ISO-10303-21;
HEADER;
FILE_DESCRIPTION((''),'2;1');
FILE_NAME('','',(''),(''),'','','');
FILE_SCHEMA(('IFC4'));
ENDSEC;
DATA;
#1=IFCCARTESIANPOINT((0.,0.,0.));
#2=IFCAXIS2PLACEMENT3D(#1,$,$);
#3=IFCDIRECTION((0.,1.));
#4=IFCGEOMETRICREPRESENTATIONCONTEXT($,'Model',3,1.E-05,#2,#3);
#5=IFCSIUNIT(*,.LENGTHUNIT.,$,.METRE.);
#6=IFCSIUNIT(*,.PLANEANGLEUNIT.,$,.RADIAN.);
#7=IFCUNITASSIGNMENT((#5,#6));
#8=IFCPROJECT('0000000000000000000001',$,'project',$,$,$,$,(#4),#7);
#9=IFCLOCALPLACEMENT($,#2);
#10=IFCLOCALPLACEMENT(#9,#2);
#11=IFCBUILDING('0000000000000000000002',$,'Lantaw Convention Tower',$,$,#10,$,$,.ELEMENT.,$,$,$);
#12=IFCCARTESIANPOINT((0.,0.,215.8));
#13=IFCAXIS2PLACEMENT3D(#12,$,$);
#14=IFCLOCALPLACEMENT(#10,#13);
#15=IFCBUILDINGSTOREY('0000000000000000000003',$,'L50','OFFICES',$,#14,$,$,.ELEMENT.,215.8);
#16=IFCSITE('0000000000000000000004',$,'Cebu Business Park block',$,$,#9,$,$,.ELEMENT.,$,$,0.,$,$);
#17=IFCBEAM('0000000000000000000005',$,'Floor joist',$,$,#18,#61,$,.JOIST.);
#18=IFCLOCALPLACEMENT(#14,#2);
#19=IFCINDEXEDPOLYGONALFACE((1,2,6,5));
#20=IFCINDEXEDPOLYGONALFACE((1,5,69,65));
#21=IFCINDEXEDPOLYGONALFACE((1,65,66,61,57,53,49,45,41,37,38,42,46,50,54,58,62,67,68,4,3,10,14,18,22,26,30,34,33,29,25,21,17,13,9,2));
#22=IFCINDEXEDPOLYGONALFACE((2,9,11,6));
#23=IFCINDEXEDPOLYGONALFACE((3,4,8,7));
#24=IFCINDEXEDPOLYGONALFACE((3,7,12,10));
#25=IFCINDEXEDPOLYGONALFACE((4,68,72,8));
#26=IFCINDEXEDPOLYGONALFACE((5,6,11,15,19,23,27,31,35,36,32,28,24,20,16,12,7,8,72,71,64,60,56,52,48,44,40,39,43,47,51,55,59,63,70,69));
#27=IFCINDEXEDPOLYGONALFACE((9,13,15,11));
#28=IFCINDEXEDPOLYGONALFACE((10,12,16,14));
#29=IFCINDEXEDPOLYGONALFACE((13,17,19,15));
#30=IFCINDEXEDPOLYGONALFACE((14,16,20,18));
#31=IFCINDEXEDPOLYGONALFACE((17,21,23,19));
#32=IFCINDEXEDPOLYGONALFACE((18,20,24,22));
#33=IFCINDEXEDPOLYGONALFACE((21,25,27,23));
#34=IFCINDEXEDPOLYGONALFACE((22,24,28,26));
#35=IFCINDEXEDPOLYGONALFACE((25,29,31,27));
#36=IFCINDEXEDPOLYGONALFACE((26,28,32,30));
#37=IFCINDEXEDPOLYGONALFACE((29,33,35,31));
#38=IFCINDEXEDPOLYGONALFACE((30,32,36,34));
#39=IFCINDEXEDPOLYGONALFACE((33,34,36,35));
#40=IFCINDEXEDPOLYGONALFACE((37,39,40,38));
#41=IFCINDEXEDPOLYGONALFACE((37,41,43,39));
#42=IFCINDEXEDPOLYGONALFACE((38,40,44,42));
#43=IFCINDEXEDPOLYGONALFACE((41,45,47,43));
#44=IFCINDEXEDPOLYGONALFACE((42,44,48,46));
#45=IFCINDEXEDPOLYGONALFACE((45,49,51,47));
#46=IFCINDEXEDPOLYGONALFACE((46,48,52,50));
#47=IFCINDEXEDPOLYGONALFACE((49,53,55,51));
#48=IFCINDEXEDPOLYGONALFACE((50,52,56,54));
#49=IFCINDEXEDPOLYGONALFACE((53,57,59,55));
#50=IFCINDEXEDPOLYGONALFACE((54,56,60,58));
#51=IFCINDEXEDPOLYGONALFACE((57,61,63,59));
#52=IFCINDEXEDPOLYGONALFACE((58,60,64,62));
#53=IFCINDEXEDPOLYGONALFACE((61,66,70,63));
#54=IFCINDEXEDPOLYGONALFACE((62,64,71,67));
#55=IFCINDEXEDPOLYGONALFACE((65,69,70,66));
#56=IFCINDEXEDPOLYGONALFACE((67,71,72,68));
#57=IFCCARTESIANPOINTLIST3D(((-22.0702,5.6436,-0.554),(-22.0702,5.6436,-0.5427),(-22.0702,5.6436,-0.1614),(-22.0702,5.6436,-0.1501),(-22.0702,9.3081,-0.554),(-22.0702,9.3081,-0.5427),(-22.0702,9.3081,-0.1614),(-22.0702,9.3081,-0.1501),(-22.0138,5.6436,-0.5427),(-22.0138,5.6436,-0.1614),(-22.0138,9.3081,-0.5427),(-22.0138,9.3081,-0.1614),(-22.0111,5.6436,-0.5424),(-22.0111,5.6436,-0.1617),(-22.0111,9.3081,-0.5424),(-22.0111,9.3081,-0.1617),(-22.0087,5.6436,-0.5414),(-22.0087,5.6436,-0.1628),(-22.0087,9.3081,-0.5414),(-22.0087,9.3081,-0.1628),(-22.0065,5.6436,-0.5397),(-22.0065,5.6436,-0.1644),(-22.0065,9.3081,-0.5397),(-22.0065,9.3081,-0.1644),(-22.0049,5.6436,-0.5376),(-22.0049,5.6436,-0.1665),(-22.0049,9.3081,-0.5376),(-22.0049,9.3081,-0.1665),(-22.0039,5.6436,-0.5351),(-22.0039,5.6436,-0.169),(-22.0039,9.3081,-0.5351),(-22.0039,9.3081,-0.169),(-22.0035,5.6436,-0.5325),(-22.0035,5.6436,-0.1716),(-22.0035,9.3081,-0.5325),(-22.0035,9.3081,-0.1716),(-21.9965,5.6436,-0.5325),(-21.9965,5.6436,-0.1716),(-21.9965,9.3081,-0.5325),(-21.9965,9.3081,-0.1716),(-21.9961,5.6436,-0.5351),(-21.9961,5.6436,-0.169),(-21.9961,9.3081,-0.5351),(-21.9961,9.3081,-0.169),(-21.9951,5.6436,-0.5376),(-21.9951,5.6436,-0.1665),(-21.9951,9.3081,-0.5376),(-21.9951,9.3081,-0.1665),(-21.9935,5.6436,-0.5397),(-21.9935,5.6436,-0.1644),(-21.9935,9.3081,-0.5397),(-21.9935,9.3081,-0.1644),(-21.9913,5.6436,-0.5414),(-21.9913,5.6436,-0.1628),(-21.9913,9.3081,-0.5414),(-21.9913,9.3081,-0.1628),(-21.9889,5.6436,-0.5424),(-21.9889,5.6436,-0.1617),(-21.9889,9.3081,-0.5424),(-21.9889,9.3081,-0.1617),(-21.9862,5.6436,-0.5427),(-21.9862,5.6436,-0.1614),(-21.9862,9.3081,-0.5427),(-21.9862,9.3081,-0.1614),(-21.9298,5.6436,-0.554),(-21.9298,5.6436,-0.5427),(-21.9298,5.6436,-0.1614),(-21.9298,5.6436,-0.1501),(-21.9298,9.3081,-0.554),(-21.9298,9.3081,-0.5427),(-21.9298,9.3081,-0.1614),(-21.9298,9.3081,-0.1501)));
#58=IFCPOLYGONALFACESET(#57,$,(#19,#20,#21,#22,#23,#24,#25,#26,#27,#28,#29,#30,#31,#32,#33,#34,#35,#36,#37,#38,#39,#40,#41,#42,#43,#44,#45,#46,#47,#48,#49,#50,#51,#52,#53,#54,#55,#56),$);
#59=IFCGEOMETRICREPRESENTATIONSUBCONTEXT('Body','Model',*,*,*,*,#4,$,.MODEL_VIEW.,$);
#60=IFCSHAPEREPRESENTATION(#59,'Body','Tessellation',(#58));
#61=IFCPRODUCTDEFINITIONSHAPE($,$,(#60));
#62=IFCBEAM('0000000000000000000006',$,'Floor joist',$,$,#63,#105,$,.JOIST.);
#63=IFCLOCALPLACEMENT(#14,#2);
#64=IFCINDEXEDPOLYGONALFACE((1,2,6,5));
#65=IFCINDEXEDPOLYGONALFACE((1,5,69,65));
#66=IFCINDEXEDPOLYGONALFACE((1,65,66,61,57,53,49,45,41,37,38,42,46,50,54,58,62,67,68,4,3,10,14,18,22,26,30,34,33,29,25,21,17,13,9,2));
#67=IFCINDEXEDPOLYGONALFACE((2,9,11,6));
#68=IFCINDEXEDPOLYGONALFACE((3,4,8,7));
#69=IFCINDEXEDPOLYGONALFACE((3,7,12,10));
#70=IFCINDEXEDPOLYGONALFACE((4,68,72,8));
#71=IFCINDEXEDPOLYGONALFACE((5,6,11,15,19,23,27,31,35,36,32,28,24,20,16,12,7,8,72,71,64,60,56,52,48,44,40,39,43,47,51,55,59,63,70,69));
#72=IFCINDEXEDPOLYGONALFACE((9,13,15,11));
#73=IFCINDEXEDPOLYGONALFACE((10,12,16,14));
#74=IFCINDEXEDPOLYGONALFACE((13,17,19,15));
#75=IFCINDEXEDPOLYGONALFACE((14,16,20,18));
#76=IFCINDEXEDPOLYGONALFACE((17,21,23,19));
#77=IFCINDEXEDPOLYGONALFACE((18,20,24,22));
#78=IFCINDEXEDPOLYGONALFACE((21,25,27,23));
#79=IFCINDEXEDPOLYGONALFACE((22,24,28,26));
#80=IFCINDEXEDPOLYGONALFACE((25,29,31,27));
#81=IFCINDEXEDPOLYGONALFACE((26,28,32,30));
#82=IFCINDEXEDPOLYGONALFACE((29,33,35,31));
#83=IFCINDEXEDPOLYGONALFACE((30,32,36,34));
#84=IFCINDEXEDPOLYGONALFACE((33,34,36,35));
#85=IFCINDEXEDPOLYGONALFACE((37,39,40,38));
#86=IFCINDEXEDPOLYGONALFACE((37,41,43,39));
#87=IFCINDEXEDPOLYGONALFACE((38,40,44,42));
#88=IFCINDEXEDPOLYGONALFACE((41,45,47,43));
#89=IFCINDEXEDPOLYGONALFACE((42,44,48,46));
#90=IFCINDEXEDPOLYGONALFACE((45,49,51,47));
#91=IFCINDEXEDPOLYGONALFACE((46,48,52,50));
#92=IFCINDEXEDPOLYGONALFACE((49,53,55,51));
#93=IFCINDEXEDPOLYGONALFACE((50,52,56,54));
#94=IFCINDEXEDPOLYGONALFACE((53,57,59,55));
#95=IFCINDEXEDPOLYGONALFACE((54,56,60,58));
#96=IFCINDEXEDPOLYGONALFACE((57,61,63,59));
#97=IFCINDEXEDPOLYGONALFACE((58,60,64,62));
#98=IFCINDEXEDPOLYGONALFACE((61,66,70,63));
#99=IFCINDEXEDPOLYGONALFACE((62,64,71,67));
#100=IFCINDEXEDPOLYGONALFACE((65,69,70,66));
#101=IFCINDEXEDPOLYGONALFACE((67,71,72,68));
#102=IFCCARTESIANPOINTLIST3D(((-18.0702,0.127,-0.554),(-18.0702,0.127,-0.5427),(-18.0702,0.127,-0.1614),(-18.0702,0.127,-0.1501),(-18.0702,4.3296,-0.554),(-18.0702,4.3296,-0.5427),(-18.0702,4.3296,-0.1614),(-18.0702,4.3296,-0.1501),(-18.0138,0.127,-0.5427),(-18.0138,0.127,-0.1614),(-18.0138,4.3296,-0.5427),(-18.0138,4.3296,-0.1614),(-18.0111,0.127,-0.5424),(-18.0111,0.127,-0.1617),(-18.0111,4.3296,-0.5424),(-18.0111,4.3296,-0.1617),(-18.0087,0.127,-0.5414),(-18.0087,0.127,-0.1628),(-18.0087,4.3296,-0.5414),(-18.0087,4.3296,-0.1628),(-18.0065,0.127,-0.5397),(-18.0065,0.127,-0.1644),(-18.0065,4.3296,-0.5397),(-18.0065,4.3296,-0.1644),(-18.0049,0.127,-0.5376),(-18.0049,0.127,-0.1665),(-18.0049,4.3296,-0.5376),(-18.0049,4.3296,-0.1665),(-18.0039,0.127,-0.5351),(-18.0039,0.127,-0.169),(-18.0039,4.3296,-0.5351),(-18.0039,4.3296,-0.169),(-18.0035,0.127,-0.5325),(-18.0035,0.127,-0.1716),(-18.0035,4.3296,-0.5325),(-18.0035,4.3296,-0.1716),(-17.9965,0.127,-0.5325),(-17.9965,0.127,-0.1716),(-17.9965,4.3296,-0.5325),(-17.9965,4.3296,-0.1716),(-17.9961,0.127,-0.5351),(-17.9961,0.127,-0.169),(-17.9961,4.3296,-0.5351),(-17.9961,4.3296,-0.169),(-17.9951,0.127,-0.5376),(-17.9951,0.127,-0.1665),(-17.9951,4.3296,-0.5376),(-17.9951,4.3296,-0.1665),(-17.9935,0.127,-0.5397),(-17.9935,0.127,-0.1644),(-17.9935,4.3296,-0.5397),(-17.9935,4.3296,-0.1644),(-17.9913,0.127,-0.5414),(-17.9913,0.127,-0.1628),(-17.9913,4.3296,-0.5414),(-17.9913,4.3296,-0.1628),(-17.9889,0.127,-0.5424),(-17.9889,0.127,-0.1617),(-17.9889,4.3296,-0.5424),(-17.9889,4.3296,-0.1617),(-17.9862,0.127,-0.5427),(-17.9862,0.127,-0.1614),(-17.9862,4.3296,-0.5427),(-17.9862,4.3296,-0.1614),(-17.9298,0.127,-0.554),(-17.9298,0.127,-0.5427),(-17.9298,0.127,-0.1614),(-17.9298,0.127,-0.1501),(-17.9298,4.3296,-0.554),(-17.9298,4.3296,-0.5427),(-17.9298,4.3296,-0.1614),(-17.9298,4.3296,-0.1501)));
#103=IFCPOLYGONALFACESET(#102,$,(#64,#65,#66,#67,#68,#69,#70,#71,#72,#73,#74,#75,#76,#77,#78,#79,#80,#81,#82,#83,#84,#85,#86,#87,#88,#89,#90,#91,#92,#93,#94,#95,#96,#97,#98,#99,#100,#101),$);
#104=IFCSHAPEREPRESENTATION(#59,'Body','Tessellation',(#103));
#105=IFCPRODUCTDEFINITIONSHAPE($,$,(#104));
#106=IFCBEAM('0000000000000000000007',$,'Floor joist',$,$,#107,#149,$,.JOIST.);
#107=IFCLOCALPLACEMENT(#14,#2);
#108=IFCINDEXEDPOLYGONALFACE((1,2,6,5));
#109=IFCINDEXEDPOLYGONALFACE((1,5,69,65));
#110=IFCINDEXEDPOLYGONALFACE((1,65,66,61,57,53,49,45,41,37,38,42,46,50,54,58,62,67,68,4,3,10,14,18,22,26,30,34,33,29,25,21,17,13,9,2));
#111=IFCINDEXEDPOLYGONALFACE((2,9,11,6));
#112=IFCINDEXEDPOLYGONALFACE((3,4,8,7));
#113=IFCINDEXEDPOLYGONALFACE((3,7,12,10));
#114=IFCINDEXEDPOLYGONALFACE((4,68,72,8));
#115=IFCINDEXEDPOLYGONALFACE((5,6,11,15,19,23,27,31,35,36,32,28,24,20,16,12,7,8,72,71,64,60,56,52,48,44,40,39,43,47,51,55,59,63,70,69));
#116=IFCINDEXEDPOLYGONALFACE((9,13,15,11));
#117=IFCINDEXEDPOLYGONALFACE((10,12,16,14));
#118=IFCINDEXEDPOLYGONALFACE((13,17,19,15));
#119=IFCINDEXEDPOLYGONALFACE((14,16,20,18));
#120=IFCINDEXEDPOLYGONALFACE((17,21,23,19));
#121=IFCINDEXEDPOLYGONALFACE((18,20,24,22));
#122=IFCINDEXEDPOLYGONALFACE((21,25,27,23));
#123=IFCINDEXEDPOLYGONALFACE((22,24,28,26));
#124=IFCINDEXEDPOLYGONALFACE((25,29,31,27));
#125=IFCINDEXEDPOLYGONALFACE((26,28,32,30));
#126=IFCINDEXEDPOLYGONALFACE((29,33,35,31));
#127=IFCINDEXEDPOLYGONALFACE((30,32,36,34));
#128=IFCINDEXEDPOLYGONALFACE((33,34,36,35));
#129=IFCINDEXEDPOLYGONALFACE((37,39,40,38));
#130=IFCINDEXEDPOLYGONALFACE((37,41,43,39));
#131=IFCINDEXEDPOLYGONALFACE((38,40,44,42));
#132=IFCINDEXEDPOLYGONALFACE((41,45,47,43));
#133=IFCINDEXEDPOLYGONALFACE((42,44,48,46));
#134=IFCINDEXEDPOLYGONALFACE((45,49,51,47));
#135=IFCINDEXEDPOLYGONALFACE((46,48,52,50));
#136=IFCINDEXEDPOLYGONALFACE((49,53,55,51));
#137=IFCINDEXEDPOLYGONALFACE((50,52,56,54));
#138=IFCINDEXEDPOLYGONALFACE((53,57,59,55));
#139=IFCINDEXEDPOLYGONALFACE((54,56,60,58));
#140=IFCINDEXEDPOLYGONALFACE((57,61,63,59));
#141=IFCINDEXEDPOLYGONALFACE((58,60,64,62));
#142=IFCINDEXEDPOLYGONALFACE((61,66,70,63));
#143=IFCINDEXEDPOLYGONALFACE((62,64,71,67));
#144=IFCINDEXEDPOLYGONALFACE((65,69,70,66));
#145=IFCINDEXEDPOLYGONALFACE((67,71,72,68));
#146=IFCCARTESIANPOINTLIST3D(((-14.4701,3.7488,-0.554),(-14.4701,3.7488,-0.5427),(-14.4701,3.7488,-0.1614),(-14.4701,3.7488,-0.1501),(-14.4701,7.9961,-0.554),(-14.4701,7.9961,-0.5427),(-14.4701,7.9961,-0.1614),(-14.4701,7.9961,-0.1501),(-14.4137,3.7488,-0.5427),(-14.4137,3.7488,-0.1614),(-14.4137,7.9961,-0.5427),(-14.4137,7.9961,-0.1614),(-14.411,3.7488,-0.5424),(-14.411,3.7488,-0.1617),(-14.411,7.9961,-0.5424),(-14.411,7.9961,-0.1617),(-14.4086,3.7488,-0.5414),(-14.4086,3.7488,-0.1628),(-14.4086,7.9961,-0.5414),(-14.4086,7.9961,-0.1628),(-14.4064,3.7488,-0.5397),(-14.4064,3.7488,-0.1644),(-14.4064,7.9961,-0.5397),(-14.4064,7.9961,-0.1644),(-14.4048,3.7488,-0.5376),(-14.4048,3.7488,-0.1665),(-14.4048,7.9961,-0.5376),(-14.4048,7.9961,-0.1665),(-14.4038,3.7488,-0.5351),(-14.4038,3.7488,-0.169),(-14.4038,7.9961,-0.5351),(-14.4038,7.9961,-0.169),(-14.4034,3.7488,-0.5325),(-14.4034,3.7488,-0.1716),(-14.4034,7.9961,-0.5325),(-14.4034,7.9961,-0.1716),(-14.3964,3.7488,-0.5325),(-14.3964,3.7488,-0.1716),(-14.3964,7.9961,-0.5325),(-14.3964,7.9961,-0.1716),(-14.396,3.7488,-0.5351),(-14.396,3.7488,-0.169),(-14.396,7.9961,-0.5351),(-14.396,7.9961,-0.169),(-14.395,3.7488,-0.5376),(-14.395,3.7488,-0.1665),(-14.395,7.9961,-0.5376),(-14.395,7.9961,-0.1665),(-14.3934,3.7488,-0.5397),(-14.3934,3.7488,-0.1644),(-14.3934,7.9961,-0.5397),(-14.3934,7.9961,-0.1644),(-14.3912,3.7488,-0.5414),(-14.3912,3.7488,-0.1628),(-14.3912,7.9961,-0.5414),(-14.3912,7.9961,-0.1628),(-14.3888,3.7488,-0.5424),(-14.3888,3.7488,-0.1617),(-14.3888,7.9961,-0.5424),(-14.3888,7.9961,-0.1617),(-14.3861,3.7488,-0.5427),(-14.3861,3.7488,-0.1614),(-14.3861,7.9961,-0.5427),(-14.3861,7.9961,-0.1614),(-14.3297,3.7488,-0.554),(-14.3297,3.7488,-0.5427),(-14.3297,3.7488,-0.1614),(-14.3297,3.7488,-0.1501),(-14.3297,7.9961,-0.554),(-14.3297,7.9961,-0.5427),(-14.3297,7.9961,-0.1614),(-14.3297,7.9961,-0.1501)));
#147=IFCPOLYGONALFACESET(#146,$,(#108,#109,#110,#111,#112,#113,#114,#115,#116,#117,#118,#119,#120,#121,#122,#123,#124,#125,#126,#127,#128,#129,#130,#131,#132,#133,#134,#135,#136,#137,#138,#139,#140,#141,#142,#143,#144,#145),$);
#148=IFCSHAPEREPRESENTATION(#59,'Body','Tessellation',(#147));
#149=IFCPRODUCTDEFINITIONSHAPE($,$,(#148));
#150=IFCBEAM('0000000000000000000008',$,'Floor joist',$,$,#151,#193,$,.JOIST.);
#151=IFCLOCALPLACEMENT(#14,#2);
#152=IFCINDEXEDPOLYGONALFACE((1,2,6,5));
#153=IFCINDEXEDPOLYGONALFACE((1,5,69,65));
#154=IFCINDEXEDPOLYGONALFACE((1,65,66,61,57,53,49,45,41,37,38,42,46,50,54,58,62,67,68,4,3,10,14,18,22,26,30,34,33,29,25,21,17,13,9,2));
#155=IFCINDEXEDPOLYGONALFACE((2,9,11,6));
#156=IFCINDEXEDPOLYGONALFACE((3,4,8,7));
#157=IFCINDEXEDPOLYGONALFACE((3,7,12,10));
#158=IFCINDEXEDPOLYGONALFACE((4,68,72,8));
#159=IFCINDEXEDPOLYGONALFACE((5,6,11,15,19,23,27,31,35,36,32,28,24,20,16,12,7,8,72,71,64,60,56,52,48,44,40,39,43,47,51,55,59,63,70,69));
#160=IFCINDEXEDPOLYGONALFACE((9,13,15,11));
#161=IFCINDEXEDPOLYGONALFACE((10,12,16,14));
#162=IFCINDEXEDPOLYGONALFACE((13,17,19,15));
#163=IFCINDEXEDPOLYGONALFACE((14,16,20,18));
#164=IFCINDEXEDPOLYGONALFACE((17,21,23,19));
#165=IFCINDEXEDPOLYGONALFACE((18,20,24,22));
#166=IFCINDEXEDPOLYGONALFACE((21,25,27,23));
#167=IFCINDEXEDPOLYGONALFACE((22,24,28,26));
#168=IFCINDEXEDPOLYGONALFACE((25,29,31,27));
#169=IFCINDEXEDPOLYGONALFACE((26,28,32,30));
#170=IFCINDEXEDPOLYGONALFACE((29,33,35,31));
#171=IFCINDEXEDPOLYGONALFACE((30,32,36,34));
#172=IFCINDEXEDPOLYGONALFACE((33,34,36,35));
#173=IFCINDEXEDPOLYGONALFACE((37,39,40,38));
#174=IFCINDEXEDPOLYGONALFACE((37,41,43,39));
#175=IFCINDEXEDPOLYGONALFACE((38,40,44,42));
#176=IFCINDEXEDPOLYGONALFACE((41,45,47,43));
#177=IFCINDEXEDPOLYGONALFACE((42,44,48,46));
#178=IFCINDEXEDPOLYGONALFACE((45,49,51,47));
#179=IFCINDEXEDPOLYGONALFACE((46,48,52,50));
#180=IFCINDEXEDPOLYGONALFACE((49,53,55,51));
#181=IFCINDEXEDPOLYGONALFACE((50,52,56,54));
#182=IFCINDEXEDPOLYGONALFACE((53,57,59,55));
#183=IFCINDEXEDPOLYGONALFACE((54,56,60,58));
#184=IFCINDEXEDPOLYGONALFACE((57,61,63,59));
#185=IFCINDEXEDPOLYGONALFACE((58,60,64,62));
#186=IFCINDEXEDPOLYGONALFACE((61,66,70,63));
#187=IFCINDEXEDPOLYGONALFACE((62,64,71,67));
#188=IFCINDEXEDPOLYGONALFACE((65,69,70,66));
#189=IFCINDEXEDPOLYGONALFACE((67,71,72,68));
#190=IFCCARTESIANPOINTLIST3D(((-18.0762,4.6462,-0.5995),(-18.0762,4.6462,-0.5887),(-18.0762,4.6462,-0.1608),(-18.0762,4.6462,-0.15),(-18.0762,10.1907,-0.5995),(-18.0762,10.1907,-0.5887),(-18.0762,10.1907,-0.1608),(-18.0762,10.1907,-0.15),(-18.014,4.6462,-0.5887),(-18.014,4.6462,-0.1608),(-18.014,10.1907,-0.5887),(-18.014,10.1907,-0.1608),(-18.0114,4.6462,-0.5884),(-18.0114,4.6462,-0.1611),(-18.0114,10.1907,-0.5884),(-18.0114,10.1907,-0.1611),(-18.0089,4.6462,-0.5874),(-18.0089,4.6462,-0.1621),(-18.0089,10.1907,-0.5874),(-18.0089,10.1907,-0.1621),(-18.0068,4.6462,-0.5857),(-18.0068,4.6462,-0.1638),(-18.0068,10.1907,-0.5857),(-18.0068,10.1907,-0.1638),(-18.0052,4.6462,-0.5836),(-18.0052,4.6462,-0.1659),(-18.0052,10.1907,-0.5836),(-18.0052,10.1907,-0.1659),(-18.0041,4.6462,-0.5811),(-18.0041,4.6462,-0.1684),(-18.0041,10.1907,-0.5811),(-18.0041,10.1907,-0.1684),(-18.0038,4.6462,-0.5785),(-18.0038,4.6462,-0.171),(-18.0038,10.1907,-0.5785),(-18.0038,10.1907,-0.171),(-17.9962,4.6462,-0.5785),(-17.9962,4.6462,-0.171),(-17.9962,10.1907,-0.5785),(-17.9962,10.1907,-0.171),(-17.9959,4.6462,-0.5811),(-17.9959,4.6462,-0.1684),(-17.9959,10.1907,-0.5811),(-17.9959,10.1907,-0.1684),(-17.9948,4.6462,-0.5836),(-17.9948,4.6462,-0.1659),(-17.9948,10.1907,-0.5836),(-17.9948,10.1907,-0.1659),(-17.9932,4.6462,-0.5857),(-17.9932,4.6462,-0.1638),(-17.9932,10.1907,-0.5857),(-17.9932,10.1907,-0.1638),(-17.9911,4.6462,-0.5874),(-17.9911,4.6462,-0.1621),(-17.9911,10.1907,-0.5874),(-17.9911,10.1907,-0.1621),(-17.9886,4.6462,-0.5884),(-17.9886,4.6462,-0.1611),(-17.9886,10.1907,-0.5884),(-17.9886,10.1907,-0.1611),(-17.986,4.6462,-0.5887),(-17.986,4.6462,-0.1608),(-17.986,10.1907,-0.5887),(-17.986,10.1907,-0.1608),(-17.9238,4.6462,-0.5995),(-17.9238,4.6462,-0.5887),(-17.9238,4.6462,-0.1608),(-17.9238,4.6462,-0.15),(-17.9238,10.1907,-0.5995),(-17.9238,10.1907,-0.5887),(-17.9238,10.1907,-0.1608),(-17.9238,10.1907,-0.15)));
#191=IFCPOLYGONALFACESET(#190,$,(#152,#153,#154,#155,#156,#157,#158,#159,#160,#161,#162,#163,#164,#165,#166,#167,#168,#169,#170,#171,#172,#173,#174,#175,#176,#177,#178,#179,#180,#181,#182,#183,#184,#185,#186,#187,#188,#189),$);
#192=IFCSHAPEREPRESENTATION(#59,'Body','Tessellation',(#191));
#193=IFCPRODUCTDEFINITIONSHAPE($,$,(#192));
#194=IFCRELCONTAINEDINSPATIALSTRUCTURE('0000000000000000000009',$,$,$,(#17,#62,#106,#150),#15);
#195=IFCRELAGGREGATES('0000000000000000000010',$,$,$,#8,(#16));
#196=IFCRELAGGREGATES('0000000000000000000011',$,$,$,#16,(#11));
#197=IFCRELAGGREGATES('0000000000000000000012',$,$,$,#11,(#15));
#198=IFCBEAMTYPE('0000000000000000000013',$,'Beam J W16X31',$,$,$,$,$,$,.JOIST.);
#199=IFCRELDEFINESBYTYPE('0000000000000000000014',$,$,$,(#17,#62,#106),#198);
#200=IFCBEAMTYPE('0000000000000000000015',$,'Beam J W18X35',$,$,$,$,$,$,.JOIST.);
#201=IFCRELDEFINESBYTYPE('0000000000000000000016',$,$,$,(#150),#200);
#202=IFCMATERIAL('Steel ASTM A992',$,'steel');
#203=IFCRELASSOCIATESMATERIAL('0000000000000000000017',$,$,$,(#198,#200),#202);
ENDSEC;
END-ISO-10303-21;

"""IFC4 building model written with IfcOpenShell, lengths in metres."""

from ifc_helpers import new_model, si_unit, direction, frame, origin, origin_2d, place, context, subcontext, project, spatial, i_section, extrude, material, material_profile, profile_set, type_object, element, save


model = new_model("IFC4")

# Units and contexts
model_context = context("Model", 3, precision=1e-05, world=origin(), true_north=direction((0.0, 1.0)))
body_context = subcontext(model_context, "Body", "Model", "MODEL_VIEW")
ifc_project = project(units=[si_unit("LENGTHUNIT", "METRE"), si_unit("PLANEANGLEUNIT", "RADIAN")], contexts=[model_context])

# Site, building, storey
site_placement = place(None, origin())
site = spatial("IfcSite", under=ifc_project, at=site_placement, Name="Cebu Business Park block", CompositionType="ELEMENT", RefElevation=0.0)
building_placement = place(site_placement, origin())
building = spatial("IfcBuilding", under=site, at=building_placement, Name="Lantaw Convention Tower", CompositionType="ELEMENT")
storey_placement = place(building_placement, frame((0.0, 0.0, 215.8)))
storey = spatial("IfcBuildingStorey", under=building, at=storey_placement, Name="L50", Description="OFFICES", CompositionType="ELEMENT", Elevation=215.8)

# Beams
ifc_material_1 = material(Name="Steel ASTM A992", Category="steel")
ifc_material_profile_1 = material_profile(ifc_material_1, i_section(OverallWidth=0.1404, OverallDepth=0.4038, WebThickness=0.0071, FlangeThickness=0.0112, FilletRadius=0.0103, at=origin_2d()), Name="W16X31")
ifc_profile_set_1 = profile_set([ifc_material_profile_1], Name="Steel ASTM A992")
beam_type_1 = type_object("IfcBeamType", Name="Beam J W16X31", PredefinedType="JOIST", material=ifc_profile_set_1)
beam_1_placement = place(storey_placement, frame((-22.0, 5.6436, -0.3521), z_axis=(0.0, 1.0, 0.0), x_axis=(-1.0, 0.0, 0.0)))
element("IfcBeam", 1, at=beam_1_placement, inside=storey, type_object=beam_type_1, Name="Floor joist", PredefinedType="JOIST", context=body_context, shape_type="SweptSolid", body=[
    extrude(i_section(OverallWidth=0.1404, OverallDepth=0.4038, WebThickness=0.0071, FlangeThickness=0.0112, FilletRadius=0.0103, at=origin_2d()), origin(), (0.0, 0.0, 1.0), 3.6646),
])
beam_2_placement = place(storey_placement, frame((-18.0, 0.127, -0.3521), z_axis=(0.0, 1.0, 0.0), x_axis=(-1.0, 0.0, 0.0)))
element("IfcBeam", 2, at=beam_2_placement, inside=storey, type_object=beam_type_1, Name="Floor joist", PredefinedType="JOIST", context=body_context, shape_type="SweptSolid", body=[
    extrude(i_section(OverallWidth=0.1404, OverallDepth=0.4038, WebThickness=0.0071, FlangeThickness=0.0112, FilletRadius=0.0103, at=origin_2d()), origin(), (0.0, 0.0, 1.0), 4.2026),
])
beam_3_placement = place(storey_placement, frame((-14.3999, 3.7488, -0.3521), z_axis=(0.0, 1.0, 0.0), x_axis=(-1.0, 0.0, 0.0)))
element("IfcBeam", 3, at=beam_3_placement, inside=storey, type_object=beam_type_1, Name="Floor joist", PredefinedType="JOIST", context=body_context, shape_type="SweptSolid", body=[
    extrude(i_section(OverallWidth=0.1404, OverallDepth=0.4038, WebThickness=0.0071, FlangeThickness=0.0112, FilletRadius=0.0103, at=origin_2d()), origin(), (0.0, 0.0, 1.0), 4.2473),
])
ifc_material_profile_2 = material_profile(ifc_material_1, i_section(OverallWidth=0.1523, OverallDepth=0.4495, WebThickness=0.0076, FlangeThickness=0.0107, FilletRadius=0.0103, at=origin_2d()), Name="W18X35")
ifc_profile_set_2 = profile_set([ifc_material_profile_2], Name="Steel ASTM A992")
beam_type_2 = type_object("IfcBeamType", Name="Beam J W18X35", PredefinedType="JOIST", material=ifc_profile_set_2)
beam_4_placement = place(storey_placement, frame((-18.0, 4.6462, -0.3748), z_axis=(0.0, 1.0, 0.0), x_axis=(-1.0, 0.0, 0.0)))
element("IfcBeam", 4, at=beam_4_placement, inside=storey, type_object=beam_type_2, Name="Floor joist", PredefinedType="JOIST", context=body_context, shape_type="SweptSolid", body=[
    extrude(i_section(OverallWidth=0.1523, OverallDepth=0.4495, WebThickness=0.0076, FlangeThickness=0.0107, FilletRadius=0.0103, at=origin_2d()), origin(), (0.0, 0.0, 1.0), 5.5444),
])

save(model, "model.ifc")
